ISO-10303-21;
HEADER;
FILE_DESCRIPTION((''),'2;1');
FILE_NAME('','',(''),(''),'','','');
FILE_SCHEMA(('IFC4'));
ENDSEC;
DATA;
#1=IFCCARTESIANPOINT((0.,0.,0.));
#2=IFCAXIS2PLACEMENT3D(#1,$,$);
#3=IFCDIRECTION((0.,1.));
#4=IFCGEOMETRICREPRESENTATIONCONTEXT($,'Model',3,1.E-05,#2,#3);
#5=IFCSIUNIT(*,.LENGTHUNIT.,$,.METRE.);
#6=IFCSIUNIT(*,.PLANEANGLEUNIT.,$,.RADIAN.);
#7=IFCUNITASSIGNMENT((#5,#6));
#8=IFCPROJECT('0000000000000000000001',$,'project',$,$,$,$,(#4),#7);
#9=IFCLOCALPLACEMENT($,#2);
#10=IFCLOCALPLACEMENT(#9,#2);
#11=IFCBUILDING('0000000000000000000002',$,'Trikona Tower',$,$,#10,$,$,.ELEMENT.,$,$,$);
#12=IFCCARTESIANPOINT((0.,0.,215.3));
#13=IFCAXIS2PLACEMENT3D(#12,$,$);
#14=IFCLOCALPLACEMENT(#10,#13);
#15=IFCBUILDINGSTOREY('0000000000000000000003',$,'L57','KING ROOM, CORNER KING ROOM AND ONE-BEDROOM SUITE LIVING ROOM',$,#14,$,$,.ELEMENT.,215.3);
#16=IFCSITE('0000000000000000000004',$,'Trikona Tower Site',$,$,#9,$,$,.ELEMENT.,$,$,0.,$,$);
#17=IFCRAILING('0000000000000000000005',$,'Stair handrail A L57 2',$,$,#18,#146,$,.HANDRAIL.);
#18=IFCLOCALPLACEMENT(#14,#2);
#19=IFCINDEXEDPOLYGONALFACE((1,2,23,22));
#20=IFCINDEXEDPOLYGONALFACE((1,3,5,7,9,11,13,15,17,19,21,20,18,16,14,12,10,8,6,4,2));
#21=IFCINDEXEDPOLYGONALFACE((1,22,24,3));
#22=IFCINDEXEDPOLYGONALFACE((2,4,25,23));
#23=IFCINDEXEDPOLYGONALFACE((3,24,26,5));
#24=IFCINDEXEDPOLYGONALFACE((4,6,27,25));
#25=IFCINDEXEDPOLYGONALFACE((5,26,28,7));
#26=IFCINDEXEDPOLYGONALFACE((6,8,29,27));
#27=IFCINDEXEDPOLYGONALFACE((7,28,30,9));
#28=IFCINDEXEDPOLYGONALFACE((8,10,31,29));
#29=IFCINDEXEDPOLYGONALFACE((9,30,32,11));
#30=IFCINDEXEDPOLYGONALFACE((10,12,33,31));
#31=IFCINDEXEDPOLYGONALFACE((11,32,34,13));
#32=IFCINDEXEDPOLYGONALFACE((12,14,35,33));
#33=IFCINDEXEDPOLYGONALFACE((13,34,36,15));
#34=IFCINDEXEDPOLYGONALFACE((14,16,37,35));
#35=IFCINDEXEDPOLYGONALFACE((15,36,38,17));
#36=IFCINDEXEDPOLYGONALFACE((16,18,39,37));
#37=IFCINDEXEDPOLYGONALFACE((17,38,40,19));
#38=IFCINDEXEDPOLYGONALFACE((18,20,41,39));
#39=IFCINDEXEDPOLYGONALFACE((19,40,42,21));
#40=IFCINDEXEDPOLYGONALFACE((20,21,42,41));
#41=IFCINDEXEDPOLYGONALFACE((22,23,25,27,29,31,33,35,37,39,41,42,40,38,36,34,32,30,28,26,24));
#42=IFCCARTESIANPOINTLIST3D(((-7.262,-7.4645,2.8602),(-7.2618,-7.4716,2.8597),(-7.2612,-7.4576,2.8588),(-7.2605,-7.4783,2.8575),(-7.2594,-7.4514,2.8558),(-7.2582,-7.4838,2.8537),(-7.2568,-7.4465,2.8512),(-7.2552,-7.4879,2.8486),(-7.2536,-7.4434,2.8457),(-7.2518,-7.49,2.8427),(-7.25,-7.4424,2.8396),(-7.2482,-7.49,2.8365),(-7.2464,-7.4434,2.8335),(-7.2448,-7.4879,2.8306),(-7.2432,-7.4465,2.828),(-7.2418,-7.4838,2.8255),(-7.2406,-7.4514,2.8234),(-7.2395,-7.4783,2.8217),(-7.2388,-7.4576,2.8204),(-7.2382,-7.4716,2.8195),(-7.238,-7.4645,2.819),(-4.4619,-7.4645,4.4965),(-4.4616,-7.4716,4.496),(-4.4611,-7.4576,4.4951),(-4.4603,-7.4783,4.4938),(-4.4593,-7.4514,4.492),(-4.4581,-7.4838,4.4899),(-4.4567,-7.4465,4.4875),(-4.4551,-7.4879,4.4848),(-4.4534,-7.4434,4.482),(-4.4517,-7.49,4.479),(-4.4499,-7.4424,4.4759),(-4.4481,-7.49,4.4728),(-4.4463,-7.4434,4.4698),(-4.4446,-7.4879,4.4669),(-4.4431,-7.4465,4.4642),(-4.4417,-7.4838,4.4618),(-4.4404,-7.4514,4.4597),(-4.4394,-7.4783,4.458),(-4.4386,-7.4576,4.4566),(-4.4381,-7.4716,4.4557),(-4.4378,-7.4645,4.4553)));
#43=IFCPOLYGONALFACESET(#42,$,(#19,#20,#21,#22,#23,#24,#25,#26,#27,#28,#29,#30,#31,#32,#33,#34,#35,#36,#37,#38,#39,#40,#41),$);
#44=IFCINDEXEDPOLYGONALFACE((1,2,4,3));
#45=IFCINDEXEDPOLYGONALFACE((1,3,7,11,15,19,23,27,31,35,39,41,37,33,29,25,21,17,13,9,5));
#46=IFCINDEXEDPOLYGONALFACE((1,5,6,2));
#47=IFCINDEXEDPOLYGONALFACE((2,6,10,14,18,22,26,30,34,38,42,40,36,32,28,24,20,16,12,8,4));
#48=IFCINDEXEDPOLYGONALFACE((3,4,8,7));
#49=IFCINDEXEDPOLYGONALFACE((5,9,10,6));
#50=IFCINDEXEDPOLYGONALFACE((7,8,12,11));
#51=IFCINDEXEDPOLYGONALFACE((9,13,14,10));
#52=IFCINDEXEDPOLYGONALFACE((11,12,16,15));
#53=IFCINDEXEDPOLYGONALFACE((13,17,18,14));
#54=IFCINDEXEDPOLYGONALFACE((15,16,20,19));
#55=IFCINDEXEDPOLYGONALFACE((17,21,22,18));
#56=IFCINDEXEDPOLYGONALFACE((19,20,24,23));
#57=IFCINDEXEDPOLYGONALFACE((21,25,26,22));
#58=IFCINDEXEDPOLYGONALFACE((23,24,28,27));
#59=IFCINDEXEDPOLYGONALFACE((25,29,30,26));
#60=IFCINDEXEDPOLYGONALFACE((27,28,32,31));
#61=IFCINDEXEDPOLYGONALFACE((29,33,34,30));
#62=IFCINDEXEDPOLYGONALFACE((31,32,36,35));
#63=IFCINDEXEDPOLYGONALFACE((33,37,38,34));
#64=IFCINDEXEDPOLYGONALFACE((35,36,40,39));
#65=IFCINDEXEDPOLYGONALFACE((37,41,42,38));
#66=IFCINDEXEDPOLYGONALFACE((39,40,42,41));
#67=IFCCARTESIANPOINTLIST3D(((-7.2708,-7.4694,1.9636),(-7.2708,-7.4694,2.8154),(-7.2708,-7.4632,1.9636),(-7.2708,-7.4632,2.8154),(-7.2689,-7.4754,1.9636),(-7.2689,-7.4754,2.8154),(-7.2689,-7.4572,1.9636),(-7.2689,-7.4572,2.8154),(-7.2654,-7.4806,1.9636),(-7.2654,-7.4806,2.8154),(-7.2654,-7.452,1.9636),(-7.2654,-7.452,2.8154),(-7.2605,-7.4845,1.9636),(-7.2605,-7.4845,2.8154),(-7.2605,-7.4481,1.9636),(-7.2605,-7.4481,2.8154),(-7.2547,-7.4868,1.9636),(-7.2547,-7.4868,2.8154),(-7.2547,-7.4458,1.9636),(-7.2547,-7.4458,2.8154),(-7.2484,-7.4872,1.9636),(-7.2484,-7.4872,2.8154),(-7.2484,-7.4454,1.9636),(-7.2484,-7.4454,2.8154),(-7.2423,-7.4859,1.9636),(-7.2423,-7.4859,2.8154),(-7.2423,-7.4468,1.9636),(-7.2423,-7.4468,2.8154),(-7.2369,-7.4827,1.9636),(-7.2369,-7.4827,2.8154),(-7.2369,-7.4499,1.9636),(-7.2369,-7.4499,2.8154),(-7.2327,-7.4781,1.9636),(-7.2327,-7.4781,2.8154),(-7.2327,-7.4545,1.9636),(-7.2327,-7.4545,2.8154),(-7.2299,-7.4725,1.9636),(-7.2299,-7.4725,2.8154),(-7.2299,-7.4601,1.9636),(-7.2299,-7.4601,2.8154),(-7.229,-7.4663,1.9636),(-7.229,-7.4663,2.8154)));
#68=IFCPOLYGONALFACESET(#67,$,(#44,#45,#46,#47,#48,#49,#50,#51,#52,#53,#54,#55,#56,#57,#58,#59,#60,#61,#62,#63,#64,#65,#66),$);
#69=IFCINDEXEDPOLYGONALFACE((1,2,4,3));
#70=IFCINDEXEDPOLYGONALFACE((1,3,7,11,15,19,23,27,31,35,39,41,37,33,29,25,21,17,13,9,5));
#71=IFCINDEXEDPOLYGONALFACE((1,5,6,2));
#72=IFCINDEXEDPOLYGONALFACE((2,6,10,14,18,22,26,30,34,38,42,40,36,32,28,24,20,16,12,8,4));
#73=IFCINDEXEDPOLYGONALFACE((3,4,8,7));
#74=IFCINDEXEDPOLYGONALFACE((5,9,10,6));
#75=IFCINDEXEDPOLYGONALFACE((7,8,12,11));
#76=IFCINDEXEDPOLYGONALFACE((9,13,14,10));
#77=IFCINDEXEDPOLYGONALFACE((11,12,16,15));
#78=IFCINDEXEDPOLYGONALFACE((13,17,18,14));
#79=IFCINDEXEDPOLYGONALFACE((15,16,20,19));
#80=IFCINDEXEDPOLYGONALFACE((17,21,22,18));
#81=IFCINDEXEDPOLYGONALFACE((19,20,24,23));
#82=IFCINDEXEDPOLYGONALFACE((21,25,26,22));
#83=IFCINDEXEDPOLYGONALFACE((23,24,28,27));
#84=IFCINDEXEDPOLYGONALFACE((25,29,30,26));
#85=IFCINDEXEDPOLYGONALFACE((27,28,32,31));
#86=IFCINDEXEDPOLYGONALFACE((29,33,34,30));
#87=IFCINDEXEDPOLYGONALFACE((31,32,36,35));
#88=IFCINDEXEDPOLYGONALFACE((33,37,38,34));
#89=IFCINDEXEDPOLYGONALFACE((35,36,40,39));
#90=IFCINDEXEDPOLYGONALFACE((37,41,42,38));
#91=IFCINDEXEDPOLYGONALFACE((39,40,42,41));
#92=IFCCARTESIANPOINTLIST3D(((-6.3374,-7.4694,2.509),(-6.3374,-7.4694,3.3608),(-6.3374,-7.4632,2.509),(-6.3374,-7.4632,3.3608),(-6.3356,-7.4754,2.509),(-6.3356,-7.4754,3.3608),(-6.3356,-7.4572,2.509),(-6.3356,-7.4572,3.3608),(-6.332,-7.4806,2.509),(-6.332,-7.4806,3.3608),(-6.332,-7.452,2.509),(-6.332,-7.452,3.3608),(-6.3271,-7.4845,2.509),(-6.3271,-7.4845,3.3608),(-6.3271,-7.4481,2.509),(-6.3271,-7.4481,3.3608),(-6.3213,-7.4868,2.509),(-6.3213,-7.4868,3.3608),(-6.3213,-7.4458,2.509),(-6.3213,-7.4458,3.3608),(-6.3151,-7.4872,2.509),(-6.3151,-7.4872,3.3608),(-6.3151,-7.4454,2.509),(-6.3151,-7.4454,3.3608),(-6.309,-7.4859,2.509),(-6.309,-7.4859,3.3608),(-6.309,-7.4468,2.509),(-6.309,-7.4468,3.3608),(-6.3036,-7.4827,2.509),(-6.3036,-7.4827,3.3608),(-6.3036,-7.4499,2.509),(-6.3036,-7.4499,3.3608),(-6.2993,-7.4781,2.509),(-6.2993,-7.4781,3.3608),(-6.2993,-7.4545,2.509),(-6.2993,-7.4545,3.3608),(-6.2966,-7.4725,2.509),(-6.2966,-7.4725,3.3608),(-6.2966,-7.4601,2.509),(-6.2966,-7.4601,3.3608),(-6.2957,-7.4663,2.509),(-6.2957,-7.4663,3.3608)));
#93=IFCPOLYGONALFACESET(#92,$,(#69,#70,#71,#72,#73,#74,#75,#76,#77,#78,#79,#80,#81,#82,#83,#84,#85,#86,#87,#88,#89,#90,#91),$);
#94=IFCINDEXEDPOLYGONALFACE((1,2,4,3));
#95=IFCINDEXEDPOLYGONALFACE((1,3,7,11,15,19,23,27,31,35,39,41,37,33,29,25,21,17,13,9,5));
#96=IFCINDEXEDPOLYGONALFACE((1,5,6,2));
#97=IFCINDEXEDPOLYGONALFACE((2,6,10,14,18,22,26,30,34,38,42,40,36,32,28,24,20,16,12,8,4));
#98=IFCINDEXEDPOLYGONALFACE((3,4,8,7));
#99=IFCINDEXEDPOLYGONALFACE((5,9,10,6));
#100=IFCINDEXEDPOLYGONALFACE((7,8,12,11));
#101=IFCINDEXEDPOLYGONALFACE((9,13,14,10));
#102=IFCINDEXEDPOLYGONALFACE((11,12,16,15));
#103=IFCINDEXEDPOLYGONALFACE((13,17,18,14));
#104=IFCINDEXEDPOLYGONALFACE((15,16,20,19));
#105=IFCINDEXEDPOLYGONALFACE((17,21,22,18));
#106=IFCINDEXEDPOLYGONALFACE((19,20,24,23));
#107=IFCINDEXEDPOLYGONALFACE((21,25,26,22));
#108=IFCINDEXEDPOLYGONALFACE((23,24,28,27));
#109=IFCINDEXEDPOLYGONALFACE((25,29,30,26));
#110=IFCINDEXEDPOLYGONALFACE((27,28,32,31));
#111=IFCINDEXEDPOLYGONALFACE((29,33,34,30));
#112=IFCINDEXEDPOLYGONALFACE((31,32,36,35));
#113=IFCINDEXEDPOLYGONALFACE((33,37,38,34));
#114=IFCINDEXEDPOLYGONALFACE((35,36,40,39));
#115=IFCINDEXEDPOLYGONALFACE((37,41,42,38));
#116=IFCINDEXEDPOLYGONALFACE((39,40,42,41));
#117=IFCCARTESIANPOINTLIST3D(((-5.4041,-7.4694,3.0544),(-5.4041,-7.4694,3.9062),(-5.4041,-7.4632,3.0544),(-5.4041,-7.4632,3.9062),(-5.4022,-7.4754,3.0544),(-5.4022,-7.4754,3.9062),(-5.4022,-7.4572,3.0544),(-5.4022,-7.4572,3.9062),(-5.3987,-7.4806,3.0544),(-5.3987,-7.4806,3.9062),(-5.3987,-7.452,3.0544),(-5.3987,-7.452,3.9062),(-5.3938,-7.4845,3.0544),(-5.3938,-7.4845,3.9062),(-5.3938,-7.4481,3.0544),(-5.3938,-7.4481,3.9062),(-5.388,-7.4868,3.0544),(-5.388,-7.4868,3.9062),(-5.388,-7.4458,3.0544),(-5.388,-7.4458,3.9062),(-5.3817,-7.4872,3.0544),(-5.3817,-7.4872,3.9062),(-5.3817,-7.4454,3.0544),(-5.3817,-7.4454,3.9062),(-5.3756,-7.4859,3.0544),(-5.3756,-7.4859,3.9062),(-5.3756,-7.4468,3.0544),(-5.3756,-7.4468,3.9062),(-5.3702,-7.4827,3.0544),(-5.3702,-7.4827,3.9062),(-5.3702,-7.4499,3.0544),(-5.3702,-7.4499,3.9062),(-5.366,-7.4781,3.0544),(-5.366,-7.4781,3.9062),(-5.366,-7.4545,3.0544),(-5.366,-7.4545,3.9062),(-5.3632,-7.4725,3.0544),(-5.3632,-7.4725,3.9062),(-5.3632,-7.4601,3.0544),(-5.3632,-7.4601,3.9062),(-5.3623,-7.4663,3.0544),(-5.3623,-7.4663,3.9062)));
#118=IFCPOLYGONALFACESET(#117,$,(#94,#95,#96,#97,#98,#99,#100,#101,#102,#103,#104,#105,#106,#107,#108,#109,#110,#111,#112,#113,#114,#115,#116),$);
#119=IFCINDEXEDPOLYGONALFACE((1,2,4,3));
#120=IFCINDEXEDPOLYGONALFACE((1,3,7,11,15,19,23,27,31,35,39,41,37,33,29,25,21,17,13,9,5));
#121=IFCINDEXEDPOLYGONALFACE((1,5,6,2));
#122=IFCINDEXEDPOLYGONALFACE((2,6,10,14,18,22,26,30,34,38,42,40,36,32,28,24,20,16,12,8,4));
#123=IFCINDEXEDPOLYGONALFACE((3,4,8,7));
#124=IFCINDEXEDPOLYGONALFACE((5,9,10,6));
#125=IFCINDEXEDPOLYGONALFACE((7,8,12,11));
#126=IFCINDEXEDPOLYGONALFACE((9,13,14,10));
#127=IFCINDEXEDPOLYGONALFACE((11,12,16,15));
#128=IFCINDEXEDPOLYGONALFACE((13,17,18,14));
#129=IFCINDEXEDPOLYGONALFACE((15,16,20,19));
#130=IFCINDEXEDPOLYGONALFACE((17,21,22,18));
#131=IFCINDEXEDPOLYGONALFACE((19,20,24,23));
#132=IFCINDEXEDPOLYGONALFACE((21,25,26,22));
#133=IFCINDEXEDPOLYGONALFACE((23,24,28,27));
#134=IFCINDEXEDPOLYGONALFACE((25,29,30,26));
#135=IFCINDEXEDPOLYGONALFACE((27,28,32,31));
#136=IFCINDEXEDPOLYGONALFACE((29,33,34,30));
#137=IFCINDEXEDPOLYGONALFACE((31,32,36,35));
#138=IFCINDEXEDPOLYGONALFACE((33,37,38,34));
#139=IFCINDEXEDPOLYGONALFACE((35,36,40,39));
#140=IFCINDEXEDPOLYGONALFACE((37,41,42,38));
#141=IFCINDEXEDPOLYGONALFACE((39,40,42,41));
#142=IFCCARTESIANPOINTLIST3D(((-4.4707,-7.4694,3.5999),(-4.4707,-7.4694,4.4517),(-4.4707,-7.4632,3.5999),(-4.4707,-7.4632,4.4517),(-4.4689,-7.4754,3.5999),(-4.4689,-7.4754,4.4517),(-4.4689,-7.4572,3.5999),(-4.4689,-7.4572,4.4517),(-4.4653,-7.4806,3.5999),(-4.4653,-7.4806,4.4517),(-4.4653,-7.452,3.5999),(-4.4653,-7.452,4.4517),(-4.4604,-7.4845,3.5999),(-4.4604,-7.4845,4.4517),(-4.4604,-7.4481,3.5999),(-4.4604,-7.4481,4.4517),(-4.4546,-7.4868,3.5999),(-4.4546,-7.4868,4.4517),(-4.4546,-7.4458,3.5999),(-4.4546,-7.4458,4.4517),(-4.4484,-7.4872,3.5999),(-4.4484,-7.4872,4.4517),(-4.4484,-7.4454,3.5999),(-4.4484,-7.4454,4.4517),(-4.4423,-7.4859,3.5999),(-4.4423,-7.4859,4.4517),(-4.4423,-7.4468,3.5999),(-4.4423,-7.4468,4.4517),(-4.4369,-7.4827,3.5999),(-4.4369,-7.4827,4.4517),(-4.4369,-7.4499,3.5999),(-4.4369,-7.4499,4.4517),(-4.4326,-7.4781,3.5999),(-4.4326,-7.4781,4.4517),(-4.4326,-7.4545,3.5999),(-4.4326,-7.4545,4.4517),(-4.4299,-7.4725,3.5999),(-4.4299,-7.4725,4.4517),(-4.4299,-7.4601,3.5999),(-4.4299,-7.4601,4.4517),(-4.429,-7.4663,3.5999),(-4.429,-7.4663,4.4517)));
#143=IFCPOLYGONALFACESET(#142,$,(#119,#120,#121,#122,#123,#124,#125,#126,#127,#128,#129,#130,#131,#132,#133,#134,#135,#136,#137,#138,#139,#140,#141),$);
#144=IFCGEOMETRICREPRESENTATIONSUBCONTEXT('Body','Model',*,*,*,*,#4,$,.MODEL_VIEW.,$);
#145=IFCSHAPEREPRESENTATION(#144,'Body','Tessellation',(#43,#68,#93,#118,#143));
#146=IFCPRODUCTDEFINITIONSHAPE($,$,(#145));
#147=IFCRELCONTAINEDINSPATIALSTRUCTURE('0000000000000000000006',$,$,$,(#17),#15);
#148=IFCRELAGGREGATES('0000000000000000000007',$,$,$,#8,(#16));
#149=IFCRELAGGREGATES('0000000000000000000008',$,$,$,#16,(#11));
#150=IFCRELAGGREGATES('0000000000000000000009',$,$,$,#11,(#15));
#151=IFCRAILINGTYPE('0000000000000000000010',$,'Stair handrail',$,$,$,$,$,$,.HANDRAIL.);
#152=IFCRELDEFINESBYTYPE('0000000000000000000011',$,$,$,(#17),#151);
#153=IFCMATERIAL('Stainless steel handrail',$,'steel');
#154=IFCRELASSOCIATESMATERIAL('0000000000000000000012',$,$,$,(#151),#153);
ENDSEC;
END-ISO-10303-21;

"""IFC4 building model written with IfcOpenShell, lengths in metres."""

from ifc_helpers import new_model, si_unit, direction, frame, origin, origin_2d, place, context, subcontext, project, spatial, circle, extrude, material, type_object, element, save


model = new_model("IFC4")

# Units and contexts
model_context = context("Model", 3, precision=1e-05, world=origin(), true_north=direction((0.0, 1.0)))
body_context = subcontext(model_context, "Body", "Model", "MODEL_VIEW")
ifc_project = project(units=[si_unit("LENGTHUNIT", "METRE"), si_unit("PLANEANGLEUNIT", "RADIAN")], contexts=[model_context])

# Site, building, storey
site_placement = place(None, origin())
site = spatial("IfcSite", under=ifc_project, at=site_placement, Name="Trikona Tower Site", CompositionType="ELEMENT", RefElevation=0.0)
building_placement = place(site_placement, origin())
building = spatial("IfcBuilding", under=site, at=building_placement, Name="Trikona Tower", CompositionType="ELEMENT")
storey_placement = place(building_placement, frame((0.0, 0.0, 215.3)))
storey = spatial("IfcBuildingStorey", under=building, at=storey_placement, Name="L57", Description="KING ROOM, CORNER KING ROOM AND ONE-BEDROOM SUITE LIVING ROOM", CompositionType="ELEMENT", Elevation=215.3)

# Railing
ifc_material_1 = material(Name="Stainless steel handrail", Category="steel")
railing_type = type_object("IfcRailingType", Name="Stair handrail", PredefinedType="HANDRAIL", material=ifc_material_1)
railing_1_placement = place(storey_placement, frame((-7.25, -7.4663, 1.9636)))
element("IfcRailing", 1, at=railing_1_placement, inside=storey, type_object=railing_type, Name="Stair handrail A L57 2", PredefinedType="HANDRAIL", context=body_context, shape_type="SweptSolid", body=[
    extrude(circle(Radius=0.0239, at=origin_2d()), frame((0.0, 0.0, 0.876), z_axis=(0.863394, 0.0, 0.504531), x_axis=(0.0, 1.0, 0.0)), (0.0, 0.0, 1.0), 3.2432),
    extrude(circle(Radius=0.021, at=origin_2d()), origin(), (0.0, 0.0, 1.0), 0.8518),
    extrude(circle(Radius=0.021, at=origin_2d()), frame((0.9333, 0.0, 0.5454)), (0.0, 0.0, 1.0), 0.8518),
    extrude(circle(Radius=0.021, at=origin_2d()), frame((1.8667, 0.0, 1.0908)), (0.0, 0.0, 1.0), 0.8518),
    extrude(circle(Radius=0.021, at=origin_2d()), frame((2.8, 0.0, 1.6362)), (0.0, 0.0, 1.0), 0.8518),
])

save(model, "model.ifc")
